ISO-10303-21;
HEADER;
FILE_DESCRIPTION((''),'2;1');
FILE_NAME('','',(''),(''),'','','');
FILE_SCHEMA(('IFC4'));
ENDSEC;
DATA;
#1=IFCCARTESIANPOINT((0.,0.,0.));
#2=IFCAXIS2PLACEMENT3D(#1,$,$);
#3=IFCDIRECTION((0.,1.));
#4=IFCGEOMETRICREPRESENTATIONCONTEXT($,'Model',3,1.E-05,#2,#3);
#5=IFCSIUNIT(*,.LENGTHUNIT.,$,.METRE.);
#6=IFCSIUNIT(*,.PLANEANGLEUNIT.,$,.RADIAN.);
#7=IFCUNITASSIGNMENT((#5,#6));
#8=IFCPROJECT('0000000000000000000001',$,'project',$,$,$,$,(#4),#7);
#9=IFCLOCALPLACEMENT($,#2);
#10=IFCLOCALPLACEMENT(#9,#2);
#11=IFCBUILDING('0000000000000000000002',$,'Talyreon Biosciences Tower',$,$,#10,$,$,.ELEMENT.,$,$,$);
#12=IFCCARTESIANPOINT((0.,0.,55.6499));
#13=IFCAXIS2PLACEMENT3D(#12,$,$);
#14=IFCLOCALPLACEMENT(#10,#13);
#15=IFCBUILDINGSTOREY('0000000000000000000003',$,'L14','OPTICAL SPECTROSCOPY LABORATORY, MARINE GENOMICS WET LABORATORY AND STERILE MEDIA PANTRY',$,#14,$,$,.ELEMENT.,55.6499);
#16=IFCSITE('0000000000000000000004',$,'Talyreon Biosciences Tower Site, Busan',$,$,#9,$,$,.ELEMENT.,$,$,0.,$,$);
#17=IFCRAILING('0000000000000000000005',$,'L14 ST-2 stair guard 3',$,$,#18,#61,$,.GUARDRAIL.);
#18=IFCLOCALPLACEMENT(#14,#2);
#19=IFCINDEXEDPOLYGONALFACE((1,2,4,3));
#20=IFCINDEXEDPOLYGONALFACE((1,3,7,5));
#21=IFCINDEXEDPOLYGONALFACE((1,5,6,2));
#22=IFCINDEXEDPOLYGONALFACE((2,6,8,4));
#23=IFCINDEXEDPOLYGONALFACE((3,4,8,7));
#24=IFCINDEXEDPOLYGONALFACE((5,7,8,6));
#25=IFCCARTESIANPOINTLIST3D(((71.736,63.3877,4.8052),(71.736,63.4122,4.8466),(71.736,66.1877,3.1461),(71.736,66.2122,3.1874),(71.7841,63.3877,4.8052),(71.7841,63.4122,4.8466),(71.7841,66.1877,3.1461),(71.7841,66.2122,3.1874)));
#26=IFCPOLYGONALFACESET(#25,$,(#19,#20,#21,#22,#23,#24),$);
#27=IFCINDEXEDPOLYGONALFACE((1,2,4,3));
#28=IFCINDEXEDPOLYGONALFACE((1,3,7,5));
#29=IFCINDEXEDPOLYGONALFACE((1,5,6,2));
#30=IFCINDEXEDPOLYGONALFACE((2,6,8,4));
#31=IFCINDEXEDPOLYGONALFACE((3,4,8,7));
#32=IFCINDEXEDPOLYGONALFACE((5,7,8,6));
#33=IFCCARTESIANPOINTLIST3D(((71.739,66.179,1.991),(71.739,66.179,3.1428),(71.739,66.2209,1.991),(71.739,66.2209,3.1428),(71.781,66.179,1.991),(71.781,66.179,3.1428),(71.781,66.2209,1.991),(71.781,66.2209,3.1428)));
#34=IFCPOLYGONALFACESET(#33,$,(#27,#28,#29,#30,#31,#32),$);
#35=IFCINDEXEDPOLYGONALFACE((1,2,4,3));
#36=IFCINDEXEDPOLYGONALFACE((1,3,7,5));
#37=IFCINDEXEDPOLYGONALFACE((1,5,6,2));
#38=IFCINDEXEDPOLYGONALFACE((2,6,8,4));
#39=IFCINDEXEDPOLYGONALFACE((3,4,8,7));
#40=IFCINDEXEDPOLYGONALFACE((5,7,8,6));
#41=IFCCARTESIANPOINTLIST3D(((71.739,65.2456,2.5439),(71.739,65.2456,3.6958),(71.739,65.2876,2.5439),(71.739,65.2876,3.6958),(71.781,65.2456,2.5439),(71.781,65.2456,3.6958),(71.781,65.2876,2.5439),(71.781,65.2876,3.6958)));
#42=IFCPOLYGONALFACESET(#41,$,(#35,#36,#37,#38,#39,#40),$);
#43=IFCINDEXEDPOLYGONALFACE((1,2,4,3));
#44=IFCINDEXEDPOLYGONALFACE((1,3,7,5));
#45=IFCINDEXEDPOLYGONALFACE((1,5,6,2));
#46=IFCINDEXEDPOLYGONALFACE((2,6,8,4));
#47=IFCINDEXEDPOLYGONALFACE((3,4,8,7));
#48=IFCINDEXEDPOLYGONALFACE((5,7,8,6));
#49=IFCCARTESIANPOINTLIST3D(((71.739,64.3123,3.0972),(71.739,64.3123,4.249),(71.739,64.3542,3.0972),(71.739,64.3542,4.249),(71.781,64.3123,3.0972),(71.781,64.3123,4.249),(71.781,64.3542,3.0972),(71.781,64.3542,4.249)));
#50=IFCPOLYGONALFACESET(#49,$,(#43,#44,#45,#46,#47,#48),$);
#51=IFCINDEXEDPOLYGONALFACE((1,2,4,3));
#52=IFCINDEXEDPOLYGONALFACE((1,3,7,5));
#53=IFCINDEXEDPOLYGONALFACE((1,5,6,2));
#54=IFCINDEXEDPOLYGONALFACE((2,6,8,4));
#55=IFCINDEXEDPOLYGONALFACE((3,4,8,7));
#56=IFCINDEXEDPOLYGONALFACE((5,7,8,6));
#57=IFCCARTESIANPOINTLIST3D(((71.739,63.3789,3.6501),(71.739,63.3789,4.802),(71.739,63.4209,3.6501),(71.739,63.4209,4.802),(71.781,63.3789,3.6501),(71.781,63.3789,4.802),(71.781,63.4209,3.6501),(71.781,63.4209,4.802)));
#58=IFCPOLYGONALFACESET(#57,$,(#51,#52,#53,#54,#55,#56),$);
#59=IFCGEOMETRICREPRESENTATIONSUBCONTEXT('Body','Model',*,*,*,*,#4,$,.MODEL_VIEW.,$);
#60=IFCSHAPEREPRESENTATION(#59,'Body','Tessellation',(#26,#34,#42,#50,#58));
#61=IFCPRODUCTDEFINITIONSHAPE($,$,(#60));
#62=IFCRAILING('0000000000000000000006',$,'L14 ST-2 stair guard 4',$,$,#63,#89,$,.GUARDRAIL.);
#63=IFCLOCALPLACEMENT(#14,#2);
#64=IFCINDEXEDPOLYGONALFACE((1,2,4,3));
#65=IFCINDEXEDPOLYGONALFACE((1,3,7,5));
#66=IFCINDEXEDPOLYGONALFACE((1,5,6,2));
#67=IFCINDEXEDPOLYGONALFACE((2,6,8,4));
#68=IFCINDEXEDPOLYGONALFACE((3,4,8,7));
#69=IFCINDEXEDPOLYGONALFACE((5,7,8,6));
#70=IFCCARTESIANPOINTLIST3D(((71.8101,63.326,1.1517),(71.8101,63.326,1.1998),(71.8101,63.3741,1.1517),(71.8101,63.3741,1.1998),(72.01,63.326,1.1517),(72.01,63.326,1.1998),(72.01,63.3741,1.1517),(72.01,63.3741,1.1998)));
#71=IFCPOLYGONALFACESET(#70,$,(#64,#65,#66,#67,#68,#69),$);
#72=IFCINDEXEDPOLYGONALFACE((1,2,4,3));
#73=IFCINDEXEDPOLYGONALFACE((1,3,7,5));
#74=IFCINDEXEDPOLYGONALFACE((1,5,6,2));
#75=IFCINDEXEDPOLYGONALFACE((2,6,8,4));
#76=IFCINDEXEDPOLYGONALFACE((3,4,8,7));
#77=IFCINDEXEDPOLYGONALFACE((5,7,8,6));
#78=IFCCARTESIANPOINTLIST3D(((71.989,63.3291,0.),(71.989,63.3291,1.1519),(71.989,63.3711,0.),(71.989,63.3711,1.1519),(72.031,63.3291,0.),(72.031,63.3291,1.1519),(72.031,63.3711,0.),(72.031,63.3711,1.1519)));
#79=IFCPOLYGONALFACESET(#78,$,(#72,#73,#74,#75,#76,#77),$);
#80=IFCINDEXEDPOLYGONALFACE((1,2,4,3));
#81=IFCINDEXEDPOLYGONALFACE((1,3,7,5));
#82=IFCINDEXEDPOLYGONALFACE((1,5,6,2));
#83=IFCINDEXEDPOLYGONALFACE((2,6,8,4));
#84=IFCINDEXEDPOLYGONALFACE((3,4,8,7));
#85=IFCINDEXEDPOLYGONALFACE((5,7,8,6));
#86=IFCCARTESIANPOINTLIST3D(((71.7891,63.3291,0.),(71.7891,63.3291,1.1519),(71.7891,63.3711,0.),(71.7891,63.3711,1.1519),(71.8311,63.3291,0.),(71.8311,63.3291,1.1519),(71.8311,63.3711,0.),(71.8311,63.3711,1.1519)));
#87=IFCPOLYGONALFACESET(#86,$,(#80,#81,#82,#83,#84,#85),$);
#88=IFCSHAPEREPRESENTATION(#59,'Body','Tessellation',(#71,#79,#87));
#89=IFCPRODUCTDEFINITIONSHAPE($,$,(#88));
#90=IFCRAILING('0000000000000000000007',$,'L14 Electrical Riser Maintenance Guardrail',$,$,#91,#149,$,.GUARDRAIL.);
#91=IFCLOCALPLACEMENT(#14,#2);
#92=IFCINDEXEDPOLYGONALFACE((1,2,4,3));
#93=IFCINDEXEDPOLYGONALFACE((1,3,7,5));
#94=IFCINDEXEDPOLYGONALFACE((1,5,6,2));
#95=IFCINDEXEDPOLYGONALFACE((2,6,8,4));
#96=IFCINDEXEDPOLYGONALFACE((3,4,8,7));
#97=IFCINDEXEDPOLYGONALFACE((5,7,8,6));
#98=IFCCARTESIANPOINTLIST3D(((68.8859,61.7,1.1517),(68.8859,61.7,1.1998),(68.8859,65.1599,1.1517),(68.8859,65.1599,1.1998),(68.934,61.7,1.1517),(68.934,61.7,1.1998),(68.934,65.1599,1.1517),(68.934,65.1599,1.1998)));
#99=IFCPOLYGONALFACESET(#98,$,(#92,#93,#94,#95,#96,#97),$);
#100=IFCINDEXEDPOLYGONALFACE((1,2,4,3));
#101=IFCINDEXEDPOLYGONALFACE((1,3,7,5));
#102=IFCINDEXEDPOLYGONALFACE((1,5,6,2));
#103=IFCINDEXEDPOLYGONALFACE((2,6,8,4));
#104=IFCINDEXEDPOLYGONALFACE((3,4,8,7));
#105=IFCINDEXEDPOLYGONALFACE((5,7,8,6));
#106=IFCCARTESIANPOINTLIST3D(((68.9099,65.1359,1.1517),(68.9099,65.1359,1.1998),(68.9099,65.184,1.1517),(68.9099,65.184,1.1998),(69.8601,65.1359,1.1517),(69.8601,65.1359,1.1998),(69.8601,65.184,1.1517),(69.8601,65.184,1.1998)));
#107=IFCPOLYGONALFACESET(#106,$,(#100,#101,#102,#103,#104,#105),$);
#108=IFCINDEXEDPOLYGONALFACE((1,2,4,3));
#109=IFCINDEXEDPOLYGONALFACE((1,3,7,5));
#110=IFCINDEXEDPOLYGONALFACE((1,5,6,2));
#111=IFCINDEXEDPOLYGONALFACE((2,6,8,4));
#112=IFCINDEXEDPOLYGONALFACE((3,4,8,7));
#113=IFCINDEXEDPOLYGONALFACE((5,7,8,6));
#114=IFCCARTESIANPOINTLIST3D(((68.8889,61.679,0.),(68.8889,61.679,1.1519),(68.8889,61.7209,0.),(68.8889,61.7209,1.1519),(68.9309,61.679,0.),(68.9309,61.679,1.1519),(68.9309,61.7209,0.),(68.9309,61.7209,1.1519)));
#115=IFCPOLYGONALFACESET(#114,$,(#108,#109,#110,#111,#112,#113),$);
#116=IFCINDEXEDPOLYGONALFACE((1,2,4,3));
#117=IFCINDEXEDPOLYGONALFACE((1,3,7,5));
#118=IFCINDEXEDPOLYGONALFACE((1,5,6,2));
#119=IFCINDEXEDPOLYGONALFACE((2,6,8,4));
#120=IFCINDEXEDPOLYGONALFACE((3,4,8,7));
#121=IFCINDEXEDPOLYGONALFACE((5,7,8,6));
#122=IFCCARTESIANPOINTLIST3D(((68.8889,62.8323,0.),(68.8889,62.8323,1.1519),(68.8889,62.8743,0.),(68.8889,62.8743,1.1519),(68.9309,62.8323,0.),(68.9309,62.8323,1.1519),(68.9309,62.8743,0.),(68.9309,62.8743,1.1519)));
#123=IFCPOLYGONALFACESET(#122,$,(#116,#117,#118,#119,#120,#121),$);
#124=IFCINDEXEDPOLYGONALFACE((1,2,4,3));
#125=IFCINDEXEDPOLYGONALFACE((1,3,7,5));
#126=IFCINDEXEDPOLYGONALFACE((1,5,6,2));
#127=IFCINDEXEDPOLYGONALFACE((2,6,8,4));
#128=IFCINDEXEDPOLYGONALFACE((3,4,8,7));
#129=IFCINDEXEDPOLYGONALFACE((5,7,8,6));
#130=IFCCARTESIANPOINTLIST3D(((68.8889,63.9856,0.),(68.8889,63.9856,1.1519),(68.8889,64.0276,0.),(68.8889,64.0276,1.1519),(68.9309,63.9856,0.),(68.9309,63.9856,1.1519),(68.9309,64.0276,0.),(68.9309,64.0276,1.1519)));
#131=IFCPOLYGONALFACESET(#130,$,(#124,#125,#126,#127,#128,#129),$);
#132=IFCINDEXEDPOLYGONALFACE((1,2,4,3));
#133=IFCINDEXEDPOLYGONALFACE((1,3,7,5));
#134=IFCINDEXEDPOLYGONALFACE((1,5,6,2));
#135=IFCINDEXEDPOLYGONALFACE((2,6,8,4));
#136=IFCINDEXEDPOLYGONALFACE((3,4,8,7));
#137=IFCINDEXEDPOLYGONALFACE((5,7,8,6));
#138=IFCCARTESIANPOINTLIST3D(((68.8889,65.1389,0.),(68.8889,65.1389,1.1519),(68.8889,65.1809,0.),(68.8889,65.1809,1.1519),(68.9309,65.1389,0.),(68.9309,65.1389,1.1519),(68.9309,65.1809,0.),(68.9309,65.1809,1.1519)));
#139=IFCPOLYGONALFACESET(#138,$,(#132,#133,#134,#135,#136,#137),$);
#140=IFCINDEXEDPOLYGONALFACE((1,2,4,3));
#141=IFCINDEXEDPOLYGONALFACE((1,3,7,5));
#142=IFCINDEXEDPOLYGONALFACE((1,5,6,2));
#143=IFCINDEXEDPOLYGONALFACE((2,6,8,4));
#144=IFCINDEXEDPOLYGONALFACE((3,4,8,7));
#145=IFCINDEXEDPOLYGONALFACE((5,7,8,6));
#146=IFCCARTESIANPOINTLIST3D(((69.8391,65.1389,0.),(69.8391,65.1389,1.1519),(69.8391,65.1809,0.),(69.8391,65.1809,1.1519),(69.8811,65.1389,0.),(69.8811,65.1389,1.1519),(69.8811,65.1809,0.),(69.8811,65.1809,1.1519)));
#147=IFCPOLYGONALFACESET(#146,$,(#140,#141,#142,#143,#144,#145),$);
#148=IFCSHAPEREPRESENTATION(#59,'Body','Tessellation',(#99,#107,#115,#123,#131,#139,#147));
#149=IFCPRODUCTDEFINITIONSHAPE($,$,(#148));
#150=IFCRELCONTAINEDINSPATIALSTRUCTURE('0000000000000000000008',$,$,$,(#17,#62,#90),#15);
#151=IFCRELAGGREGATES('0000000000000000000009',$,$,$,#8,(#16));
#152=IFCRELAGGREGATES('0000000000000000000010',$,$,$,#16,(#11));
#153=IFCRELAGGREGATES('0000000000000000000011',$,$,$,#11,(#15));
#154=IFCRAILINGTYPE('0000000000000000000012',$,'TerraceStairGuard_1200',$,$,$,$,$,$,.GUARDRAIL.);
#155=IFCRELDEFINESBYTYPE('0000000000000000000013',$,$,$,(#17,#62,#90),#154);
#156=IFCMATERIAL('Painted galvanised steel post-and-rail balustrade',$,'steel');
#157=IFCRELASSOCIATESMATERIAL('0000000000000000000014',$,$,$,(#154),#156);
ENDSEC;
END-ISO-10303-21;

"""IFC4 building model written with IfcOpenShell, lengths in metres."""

from ifc_helpers import new_model, si_unit, direction, frame, origin, origin_2d, place, context, subcontext, project, spatial, rectangle, extrude, material, type_object, element, save


model = new_model("IFC4")

# Units and contexts
model_context = context("Model", 3, precision=1e-05, world=origin(), true_north=direction((0.0, 1.0)))
body_context = subcontext(model_context, "Body", "Model", "MODEL_VIEW")
ifc_project = project(units=[si_unit("LENGTHUNIT", "METRE"), si_unit("PLANEANGLEUNIT", "RADIAN")], contexts=[model_context])

# Site, building, storey
site_placement = place(None, origin())
site = spatial("IfcSite", under=ifc_project, at=site_placement, Name="Talyreon Biosciences Tower Site, Busan", CompositionType="ELEMENT", RefElevation=0.0)
building_placement = place(site_placement, origin())
building = spatial("IfcBuilding", under=site, at=building_placement, Name="Talyreon Biosciences Tower", CompositionType="ELEMENT")
storey_placement = place(building_placement, frame((0.0, 0.0, 55.6499)))
storey = spatial("IfcBuildingStorey", under=building, at=storey_placement, Name="L14", Description="OPTICAL SPECTROSCOPY LABORATORY, MARINE GENOMICS WET LABORATORY AND STERILE MEDIA PANTRY", CompositionType="ELEMENT", Elevation=55.6499)

# Railings
ifc_material_1 = material(Name="Painted galvanised steel post-and-rail balustrade", Category="steel")
railing_type_1 = type_object("IfcRailingType", Name="TerraceStairGuard_1200", PredefinedType="GUARDRAIL", material=ifc_material_1)
railing_1_placement = place(storey_placement, frame((71.76, 66.2, 1.991)))
element("IfcRailing", 1, at=railing_1_placement, inside=storey, type_object=railing_type_1, Name="L14 ST-2 stair guard 3", PredefinedType="GUARDRAIL", context=body_context, shape_type="SweptSolid", body=[
    extrude(rectangle(XDim=0.0481, YDim=0.0481, at=origin_2d()), frame((0.0, 0.0, 1.1758), z_axis=(0.0, -0.860306, 0.509778), x_axis=(1.0, 0.0, 0.0)), (0.0, 0.0, 1.0), 3.2546),
    extrude(rectangle(XDim=0.042, YDim=0.042, at=origin_2d()), origin(), (0.0, 0.0, 1.0), 1.1519),
    extrude(rectangle(XDim=0.042, YDim=0.042, at=origin_2d()), frame((0.0, -0.9333, 0.553)), (0.0, 0.0, 1.0), 1.1519),
    extrude(rectangle(XDim=0.042, YDim=0.042, at=origin_2d()), frame((0.0, -1.8667, 1.1062)), (0.0, 0.0, 1.0), 1.1519),
    extrude(rectangle(XDim=0.042, YDim=0.042, at=origin_2d()), frame((0.0, -2.8, 1.6592)), (0.0, 0.0, 1.0), 1.1519),
])
railing_2_placement = place(storey_placement, frame((72.01, 63.3501, 0.0)))
element("IfcRailing", 2, at=railing_2_placement, inside=storey, type_object=railing_type_1, Name="L14 ST-2 stair guard 4", PredefinedType="GUARDRAIL", context=body_context, shape_type="SweptSolid", body=[
    extrude(rectangle(XDim=0.0481, YDim=0.0481, at=origin_2d()), frame((0.0, 0.0, 1.1758), z_axis=(-1.0, 0.0, 0.0), x_axis=(0.0, -1.0, 0.0)), (0.0, 0.0, 1.0), 0.2),
    extrude(rectangle(XDim=0.042, YDim=0.042, at=origin_2d()), origin(), (0.0, 0.0, 1.0), 1.1519),
    extrude(rectangle(XDim=0.042, YDim=0.042, at=origin_2d()), frame((-0.2, 0.0, 0.0)), (0.0, 0.0, 1.0), 1.1519),
])
railing_3_placement = place(storey_placement, frame((68.9099, 61.7, 0.0)))
element("IfcRailing", 3, at=railing_3_placement, inside=storey, type_object=railing_type_1, Name="L14 Electrical Riser Maintenance Guardrail", PredefinedType="GUARDRAIL", context=body_context, shape_type="SweptSolid", body=[
    extrude(rectangle(XDim=0.0481, YDim=0.0481, at=origin_2d()), frame((0.0, 0.0, 1.1758), z_axis=(0.0, 1.0, 0.0), x_axis=(-1.0, 0.0, 0.0)), (0.0, 0.0, 1.0), 3.46),
    extrude(rectangle(XDim=0.0481, YDim=0.0481, at=origin_2d()), frame((0.0, 3.46, 1.1758), z_axis=(1.0, 0.0, 0.0), x_axis=(0.0, 1.0, 0.0)), (0.0, 0.0, 1.0), 0.9502),
    extrude(rectangle(XDim=0.042, YDim=0.042, at=origin_2d()), origin(), (0.0, 0.0, 1.0), 1.1519),
    extrude(rectangle(XDim=0.042, YDim=0.042, at=origin_2d()), frame((0.0, 1.1533, 0.0)), (0.0, 0.0, 1.0), 1.1519),
    extrude(rectangle(XDim=0.042, YDim=0.042, at=origin_2d()), frame((0.0, 2.3066, 0.0)), (0.0, 0.0, 1.0), 1.1519),
    extrude(rectangle(XDim=0.042, YDim=0.042, at=origin_2d()), frame((0.0, 3.46, 0.0)), (0.0, 0.0, 1.0), 1.1519),
    extrude(rectangle(XDim=0.042, YDim=0.042, at=origin_2d()), frame((0.9502, 3.46, 0.0)), (0.0, 0.0, 1.0), 1.1519),
])

save(model, "model.ifc")
